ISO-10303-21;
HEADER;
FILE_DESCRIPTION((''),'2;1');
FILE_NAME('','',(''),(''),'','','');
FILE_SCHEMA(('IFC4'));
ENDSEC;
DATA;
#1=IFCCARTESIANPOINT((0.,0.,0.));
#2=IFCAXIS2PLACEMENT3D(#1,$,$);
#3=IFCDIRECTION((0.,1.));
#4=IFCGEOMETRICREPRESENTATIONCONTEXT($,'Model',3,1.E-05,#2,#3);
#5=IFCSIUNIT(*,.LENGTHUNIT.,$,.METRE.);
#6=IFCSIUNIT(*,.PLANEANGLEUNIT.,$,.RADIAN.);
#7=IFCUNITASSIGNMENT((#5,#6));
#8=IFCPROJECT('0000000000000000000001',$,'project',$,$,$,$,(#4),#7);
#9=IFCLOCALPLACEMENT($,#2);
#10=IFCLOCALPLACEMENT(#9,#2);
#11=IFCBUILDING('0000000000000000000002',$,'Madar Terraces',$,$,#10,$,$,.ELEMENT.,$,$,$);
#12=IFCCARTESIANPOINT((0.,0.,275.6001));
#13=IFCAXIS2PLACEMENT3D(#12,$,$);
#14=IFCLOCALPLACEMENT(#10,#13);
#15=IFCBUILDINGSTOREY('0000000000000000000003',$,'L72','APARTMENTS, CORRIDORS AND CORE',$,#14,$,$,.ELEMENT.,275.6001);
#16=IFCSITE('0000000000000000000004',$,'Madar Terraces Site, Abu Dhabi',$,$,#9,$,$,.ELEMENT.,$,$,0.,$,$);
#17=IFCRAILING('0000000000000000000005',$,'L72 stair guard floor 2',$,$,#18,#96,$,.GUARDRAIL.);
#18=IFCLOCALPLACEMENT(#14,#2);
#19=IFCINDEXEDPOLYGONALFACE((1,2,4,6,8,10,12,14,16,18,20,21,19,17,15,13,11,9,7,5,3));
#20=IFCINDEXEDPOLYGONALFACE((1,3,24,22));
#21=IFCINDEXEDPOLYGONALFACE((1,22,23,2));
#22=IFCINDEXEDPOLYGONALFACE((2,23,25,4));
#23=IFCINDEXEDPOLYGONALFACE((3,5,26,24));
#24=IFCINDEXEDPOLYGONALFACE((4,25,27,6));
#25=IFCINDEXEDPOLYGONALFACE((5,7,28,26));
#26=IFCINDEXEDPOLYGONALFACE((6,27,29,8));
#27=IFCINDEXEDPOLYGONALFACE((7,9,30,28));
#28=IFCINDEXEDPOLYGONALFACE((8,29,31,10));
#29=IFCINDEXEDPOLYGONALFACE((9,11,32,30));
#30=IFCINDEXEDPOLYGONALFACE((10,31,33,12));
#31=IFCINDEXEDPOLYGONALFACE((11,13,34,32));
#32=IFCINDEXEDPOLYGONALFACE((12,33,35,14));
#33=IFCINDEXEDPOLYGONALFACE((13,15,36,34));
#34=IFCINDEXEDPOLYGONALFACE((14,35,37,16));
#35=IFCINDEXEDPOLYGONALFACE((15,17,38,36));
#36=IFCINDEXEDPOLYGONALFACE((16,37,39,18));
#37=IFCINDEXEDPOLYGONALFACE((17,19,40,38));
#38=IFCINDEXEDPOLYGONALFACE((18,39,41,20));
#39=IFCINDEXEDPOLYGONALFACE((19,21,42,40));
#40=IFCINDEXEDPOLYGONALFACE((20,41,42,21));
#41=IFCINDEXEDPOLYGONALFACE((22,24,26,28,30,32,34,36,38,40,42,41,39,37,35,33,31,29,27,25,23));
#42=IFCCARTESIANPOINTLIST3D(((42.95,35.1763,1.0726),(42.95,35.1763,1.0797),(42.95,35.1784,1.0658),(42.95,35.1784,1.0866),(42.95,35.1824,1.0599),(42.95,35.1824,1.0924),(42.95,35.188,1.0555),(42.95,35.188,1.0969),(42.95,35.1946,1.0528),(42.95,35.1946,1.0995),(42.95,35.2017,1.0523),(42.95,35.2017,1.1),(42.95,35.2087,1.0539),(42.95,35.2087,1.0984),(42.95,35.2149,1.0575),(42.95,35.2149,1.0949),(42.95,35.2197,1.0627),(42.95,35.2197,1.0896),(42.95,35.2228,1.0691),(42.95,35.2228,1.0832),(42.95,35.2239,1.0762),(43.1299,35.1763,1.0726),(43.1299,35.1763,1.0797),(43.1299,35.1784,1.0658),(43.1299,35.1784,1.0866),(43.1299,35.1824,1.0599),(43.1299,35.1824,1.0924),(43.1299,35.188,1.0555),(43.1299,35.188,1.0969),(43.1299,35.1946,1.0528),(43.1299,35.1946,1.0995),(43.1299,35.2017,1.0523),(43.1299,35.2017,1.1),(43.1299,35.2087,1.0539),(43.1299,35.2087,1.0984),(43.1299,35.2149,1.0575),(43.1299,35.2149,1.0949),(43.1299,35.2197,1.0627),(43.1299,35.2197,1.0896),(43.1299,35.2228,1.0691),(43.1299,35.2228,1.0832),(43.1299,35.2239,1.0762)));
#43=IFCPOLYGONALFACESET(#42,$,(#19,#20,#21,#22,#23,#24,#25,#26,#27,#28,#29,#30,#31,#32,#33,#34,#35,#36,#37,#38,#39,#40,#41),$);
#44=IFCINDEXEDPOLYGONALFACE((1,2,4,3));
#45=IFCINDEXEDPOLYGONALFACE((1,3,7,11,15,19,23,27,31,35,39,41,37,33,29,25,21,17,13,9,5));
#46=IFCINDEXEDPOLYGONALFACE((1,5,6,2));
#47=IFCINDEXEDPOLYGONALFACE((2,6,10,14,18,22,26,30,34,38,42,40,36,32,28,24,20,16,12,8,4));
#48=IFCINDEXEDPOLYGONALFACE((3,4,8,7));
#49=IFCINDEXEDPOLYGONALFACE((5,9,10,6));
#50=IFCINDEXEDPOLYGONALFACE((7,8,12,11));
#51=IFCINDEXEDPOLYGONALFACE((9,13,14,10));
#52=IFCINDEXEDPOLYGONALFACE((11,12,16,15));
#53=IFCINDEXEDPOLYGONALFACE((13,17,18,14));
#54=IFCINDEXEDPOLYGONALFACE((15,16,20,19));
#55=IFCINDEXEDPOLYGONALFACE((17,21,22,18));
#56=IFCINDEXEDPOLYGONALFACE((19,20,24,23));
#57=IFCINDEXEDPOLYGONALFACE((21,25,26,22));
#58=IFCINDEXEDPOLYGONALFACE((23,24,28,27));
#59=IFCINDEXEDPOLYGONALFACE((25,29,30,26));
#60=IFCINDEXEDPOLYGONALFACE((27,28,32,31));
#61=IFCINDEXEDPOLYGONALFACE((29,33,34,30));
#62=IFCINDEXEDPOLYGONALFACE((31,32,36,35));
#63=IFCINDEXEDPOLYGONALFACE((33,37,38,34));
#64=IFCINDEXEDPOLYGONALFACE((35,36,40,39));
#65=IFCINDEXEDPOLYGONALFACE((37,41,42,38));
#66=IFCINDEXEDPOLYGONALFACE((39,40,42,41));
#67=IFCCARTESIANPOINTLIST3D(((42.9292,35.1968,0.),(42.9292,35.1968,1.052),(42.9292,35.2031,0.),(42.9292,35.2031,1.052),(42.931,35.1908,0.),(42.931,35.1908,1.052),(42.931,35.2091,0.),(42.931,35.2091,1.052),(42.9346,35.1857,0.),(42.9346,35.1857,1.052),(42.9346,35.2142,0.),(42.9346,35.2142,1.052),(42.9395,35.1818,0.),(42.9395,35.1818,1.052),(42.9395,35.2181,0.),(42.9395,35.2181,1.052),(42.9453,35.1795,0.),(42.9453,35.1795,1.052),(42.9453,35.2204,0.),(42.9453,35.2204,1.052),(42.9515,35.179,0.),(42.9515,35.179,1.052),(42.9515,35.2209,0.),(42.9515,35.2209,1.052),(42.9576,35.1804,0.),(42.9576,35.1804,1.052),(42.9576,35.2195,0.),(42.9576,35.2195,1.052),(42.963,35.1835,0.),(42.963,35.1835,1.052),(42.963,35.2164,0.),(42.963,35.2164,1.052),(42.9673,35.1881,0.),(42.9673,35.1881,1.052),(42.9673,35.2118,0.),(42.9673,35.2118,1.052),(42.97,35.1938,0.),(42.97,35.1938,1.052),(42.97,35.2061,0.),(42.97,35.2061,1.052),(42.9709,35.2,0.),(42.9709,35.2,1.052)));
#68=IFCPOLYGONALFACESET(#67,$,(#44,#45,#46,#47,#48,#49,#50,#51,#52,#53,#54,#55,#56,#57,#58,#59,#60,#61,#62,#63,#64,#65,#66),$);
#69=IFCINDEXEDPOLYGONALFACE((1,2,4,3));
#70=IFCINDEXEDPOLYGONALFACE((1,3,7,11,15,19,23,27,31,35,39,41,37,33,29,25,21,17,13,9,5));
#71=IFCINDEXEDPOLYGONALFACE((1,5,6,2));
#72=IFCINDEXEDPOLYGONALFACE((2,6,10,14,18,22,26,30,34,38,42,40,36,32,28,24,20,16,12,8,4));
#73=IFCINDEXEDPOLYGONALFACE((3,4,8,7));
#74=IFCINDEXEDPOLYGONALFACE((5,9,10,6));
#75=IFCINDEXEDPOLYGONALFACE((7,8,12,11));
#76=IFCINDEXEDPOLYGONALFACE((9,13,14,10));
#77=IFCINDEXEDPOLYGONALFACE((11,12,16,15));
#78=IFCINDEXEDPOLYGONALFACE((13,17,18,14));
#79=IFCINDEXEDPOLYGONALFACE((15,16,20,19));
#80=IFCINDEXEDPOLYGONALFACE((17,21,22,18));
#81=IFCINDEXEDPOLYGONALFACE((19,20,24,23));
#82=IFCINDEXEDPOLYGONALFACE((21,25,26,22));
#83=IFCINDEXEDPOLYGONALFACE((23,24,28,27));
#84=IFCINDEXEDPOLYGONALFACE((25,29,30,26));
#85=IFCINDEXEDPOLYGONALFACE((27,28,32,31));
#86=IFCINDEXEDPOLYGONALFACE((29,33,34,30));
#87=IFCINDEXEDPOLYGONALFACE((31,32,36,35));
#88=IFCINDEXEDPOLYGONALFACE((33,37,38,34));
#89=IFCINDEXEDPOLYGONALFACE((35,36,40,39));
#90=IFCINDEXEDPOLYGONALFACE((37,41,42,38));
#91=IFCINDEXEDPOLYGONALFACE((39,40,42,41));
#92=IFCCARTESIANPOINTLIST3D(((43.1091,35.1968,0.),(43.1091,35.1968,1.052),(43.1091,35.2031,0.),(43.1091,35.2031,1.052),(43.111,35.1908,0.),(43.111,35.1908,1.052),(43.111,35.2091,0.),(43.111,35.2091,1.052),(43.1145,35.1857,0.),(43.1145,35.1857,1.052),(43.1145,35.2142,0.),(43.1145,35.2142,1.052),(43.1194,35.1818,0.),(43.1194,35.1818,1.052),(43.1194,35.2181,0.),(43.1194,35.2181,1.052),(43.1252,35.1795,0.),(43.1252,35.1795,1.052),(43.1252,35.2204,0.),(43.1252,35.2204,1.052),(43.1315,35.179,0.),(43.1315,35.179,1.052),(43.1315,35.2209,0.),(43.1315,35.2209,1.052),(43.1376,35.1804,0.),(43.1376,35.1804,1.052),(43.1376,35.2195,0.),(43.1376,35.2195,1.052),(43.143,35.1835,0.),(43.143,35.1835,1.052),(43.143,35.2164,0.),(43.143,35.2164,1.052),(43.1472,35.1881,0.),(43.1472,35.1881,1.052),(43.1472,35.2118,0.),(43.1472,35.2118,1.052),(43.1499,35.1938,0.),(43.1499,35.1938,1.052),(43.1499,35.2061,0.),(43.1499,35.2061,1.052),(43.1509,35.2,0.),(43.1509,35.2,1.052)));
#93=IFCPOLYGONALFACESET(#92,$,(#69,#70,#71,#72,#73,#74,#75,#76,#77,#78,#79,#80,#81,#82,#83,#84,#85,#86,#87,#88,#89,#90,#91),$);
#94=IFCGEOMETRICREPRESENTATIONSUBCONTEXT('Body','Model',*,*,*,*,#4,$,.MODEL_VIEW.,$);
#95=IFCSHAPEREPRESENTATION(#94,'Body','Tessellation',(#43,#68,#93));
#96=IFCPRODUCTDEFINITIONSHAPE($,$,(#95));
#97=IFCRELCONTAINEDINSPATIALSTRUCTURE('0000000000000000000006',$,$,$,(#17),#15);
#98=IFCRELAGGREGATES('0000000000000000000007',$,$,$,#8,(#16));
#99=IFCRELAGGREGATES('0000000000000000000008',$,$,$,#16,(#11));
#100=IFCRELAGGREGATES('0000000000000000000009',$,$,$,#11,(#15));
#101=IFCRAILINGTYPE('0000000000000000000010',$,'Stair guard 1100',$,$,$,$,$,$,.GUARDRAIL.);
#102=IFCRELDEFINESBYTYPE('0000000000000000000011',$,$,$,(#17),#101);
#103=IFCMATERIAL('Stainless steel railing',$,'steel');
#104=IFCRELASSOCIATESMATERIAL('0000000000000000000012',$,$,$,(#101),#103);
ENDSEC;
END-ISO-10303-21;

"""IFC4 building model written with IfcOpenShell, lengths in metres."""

from ifc_helpers import new_model, si_unit, direction, frame, origin, origin_2d, place, context, subcontext, project, spatial, circle, extrude, material, type_object, element, save


model = new_model("IFC4")

# Units and contexts
model_context = context("Model", 3, precision=1e-05, world=origin(), true_north=direction((0.0, 1.0)))
body_context = subcontext(model_context, "Body", "Model", "MODEL_VIEW")
ifc_project = project(units=[si_unit("LENGTHUNIT", "METRE"), si_unit("PLANEANGLEUNIT", "RADIAN")], contexts=[model_context])

# Site, building, storey
site_placement = place(None, origin())
site = spatial("IfcSite", under=ifc_project, at=site_placement, Name="Madar Terraces Site, Abu Dhabi", CompositionType="ELEMENT", RefElevation=0.0)
building_placement = place(site_placement, origin())
building = spatial("IfcBuilding", under=site, at=building_placement, Name="Madar Terraces", CompositionType="ELEMENT")
storey_placement = place(building_placement, frame((0.0, 0.0, 275.6001)))
storey = spatial("IfcBuildingStorey", under=building, at=storey_placement, Name="L72", Description="APARTMENTS, CORRIDORS AND CORE", CompositionType="ELEMENT", Elevation=275.6001)

# Railing
ifc_material_1 = material(Name="Stainless steel railing", Category="steel")
railing_type_1 = type_object("IfcRailingType", Name="Stair guard 1100", PredefinedType="GUARDRAIL", material=ifc_material_1)
for number, where, name in (
    (1, (42.95, 35.2, 0.0), "L72 stair guard floor 2"),
):
    element("IfcRailing", number, at=place(storey_placement, frame(where)), inside=storey, type_object=railing_type_1, Name=name, PredefinedType="GUARDRAIL", context=body_context, shape_type="SweptSolid", body=[
        extrude(circle(Radius=0.0239, at=origin_2d()), frame((0.0, 0.0, 1.0762), z_axis=(1.0, 0.0, 0.0), x_axis=(0.0, 1.0, 0.0)), (0.0, 0.0, 1.0), 0.1799),
        extrude(circle(Radius=0.021, at=origin_2d()), origin(), (0.0, 0.0, 1.0), 1.052),
        extrude(circle(Radius=0.021, at=origin_2d()), frame((0.1799, 0.0, 0.0)), (0.0, 0.0, 1.0), 1.052),
    ])

save(model, "model.ifc")
